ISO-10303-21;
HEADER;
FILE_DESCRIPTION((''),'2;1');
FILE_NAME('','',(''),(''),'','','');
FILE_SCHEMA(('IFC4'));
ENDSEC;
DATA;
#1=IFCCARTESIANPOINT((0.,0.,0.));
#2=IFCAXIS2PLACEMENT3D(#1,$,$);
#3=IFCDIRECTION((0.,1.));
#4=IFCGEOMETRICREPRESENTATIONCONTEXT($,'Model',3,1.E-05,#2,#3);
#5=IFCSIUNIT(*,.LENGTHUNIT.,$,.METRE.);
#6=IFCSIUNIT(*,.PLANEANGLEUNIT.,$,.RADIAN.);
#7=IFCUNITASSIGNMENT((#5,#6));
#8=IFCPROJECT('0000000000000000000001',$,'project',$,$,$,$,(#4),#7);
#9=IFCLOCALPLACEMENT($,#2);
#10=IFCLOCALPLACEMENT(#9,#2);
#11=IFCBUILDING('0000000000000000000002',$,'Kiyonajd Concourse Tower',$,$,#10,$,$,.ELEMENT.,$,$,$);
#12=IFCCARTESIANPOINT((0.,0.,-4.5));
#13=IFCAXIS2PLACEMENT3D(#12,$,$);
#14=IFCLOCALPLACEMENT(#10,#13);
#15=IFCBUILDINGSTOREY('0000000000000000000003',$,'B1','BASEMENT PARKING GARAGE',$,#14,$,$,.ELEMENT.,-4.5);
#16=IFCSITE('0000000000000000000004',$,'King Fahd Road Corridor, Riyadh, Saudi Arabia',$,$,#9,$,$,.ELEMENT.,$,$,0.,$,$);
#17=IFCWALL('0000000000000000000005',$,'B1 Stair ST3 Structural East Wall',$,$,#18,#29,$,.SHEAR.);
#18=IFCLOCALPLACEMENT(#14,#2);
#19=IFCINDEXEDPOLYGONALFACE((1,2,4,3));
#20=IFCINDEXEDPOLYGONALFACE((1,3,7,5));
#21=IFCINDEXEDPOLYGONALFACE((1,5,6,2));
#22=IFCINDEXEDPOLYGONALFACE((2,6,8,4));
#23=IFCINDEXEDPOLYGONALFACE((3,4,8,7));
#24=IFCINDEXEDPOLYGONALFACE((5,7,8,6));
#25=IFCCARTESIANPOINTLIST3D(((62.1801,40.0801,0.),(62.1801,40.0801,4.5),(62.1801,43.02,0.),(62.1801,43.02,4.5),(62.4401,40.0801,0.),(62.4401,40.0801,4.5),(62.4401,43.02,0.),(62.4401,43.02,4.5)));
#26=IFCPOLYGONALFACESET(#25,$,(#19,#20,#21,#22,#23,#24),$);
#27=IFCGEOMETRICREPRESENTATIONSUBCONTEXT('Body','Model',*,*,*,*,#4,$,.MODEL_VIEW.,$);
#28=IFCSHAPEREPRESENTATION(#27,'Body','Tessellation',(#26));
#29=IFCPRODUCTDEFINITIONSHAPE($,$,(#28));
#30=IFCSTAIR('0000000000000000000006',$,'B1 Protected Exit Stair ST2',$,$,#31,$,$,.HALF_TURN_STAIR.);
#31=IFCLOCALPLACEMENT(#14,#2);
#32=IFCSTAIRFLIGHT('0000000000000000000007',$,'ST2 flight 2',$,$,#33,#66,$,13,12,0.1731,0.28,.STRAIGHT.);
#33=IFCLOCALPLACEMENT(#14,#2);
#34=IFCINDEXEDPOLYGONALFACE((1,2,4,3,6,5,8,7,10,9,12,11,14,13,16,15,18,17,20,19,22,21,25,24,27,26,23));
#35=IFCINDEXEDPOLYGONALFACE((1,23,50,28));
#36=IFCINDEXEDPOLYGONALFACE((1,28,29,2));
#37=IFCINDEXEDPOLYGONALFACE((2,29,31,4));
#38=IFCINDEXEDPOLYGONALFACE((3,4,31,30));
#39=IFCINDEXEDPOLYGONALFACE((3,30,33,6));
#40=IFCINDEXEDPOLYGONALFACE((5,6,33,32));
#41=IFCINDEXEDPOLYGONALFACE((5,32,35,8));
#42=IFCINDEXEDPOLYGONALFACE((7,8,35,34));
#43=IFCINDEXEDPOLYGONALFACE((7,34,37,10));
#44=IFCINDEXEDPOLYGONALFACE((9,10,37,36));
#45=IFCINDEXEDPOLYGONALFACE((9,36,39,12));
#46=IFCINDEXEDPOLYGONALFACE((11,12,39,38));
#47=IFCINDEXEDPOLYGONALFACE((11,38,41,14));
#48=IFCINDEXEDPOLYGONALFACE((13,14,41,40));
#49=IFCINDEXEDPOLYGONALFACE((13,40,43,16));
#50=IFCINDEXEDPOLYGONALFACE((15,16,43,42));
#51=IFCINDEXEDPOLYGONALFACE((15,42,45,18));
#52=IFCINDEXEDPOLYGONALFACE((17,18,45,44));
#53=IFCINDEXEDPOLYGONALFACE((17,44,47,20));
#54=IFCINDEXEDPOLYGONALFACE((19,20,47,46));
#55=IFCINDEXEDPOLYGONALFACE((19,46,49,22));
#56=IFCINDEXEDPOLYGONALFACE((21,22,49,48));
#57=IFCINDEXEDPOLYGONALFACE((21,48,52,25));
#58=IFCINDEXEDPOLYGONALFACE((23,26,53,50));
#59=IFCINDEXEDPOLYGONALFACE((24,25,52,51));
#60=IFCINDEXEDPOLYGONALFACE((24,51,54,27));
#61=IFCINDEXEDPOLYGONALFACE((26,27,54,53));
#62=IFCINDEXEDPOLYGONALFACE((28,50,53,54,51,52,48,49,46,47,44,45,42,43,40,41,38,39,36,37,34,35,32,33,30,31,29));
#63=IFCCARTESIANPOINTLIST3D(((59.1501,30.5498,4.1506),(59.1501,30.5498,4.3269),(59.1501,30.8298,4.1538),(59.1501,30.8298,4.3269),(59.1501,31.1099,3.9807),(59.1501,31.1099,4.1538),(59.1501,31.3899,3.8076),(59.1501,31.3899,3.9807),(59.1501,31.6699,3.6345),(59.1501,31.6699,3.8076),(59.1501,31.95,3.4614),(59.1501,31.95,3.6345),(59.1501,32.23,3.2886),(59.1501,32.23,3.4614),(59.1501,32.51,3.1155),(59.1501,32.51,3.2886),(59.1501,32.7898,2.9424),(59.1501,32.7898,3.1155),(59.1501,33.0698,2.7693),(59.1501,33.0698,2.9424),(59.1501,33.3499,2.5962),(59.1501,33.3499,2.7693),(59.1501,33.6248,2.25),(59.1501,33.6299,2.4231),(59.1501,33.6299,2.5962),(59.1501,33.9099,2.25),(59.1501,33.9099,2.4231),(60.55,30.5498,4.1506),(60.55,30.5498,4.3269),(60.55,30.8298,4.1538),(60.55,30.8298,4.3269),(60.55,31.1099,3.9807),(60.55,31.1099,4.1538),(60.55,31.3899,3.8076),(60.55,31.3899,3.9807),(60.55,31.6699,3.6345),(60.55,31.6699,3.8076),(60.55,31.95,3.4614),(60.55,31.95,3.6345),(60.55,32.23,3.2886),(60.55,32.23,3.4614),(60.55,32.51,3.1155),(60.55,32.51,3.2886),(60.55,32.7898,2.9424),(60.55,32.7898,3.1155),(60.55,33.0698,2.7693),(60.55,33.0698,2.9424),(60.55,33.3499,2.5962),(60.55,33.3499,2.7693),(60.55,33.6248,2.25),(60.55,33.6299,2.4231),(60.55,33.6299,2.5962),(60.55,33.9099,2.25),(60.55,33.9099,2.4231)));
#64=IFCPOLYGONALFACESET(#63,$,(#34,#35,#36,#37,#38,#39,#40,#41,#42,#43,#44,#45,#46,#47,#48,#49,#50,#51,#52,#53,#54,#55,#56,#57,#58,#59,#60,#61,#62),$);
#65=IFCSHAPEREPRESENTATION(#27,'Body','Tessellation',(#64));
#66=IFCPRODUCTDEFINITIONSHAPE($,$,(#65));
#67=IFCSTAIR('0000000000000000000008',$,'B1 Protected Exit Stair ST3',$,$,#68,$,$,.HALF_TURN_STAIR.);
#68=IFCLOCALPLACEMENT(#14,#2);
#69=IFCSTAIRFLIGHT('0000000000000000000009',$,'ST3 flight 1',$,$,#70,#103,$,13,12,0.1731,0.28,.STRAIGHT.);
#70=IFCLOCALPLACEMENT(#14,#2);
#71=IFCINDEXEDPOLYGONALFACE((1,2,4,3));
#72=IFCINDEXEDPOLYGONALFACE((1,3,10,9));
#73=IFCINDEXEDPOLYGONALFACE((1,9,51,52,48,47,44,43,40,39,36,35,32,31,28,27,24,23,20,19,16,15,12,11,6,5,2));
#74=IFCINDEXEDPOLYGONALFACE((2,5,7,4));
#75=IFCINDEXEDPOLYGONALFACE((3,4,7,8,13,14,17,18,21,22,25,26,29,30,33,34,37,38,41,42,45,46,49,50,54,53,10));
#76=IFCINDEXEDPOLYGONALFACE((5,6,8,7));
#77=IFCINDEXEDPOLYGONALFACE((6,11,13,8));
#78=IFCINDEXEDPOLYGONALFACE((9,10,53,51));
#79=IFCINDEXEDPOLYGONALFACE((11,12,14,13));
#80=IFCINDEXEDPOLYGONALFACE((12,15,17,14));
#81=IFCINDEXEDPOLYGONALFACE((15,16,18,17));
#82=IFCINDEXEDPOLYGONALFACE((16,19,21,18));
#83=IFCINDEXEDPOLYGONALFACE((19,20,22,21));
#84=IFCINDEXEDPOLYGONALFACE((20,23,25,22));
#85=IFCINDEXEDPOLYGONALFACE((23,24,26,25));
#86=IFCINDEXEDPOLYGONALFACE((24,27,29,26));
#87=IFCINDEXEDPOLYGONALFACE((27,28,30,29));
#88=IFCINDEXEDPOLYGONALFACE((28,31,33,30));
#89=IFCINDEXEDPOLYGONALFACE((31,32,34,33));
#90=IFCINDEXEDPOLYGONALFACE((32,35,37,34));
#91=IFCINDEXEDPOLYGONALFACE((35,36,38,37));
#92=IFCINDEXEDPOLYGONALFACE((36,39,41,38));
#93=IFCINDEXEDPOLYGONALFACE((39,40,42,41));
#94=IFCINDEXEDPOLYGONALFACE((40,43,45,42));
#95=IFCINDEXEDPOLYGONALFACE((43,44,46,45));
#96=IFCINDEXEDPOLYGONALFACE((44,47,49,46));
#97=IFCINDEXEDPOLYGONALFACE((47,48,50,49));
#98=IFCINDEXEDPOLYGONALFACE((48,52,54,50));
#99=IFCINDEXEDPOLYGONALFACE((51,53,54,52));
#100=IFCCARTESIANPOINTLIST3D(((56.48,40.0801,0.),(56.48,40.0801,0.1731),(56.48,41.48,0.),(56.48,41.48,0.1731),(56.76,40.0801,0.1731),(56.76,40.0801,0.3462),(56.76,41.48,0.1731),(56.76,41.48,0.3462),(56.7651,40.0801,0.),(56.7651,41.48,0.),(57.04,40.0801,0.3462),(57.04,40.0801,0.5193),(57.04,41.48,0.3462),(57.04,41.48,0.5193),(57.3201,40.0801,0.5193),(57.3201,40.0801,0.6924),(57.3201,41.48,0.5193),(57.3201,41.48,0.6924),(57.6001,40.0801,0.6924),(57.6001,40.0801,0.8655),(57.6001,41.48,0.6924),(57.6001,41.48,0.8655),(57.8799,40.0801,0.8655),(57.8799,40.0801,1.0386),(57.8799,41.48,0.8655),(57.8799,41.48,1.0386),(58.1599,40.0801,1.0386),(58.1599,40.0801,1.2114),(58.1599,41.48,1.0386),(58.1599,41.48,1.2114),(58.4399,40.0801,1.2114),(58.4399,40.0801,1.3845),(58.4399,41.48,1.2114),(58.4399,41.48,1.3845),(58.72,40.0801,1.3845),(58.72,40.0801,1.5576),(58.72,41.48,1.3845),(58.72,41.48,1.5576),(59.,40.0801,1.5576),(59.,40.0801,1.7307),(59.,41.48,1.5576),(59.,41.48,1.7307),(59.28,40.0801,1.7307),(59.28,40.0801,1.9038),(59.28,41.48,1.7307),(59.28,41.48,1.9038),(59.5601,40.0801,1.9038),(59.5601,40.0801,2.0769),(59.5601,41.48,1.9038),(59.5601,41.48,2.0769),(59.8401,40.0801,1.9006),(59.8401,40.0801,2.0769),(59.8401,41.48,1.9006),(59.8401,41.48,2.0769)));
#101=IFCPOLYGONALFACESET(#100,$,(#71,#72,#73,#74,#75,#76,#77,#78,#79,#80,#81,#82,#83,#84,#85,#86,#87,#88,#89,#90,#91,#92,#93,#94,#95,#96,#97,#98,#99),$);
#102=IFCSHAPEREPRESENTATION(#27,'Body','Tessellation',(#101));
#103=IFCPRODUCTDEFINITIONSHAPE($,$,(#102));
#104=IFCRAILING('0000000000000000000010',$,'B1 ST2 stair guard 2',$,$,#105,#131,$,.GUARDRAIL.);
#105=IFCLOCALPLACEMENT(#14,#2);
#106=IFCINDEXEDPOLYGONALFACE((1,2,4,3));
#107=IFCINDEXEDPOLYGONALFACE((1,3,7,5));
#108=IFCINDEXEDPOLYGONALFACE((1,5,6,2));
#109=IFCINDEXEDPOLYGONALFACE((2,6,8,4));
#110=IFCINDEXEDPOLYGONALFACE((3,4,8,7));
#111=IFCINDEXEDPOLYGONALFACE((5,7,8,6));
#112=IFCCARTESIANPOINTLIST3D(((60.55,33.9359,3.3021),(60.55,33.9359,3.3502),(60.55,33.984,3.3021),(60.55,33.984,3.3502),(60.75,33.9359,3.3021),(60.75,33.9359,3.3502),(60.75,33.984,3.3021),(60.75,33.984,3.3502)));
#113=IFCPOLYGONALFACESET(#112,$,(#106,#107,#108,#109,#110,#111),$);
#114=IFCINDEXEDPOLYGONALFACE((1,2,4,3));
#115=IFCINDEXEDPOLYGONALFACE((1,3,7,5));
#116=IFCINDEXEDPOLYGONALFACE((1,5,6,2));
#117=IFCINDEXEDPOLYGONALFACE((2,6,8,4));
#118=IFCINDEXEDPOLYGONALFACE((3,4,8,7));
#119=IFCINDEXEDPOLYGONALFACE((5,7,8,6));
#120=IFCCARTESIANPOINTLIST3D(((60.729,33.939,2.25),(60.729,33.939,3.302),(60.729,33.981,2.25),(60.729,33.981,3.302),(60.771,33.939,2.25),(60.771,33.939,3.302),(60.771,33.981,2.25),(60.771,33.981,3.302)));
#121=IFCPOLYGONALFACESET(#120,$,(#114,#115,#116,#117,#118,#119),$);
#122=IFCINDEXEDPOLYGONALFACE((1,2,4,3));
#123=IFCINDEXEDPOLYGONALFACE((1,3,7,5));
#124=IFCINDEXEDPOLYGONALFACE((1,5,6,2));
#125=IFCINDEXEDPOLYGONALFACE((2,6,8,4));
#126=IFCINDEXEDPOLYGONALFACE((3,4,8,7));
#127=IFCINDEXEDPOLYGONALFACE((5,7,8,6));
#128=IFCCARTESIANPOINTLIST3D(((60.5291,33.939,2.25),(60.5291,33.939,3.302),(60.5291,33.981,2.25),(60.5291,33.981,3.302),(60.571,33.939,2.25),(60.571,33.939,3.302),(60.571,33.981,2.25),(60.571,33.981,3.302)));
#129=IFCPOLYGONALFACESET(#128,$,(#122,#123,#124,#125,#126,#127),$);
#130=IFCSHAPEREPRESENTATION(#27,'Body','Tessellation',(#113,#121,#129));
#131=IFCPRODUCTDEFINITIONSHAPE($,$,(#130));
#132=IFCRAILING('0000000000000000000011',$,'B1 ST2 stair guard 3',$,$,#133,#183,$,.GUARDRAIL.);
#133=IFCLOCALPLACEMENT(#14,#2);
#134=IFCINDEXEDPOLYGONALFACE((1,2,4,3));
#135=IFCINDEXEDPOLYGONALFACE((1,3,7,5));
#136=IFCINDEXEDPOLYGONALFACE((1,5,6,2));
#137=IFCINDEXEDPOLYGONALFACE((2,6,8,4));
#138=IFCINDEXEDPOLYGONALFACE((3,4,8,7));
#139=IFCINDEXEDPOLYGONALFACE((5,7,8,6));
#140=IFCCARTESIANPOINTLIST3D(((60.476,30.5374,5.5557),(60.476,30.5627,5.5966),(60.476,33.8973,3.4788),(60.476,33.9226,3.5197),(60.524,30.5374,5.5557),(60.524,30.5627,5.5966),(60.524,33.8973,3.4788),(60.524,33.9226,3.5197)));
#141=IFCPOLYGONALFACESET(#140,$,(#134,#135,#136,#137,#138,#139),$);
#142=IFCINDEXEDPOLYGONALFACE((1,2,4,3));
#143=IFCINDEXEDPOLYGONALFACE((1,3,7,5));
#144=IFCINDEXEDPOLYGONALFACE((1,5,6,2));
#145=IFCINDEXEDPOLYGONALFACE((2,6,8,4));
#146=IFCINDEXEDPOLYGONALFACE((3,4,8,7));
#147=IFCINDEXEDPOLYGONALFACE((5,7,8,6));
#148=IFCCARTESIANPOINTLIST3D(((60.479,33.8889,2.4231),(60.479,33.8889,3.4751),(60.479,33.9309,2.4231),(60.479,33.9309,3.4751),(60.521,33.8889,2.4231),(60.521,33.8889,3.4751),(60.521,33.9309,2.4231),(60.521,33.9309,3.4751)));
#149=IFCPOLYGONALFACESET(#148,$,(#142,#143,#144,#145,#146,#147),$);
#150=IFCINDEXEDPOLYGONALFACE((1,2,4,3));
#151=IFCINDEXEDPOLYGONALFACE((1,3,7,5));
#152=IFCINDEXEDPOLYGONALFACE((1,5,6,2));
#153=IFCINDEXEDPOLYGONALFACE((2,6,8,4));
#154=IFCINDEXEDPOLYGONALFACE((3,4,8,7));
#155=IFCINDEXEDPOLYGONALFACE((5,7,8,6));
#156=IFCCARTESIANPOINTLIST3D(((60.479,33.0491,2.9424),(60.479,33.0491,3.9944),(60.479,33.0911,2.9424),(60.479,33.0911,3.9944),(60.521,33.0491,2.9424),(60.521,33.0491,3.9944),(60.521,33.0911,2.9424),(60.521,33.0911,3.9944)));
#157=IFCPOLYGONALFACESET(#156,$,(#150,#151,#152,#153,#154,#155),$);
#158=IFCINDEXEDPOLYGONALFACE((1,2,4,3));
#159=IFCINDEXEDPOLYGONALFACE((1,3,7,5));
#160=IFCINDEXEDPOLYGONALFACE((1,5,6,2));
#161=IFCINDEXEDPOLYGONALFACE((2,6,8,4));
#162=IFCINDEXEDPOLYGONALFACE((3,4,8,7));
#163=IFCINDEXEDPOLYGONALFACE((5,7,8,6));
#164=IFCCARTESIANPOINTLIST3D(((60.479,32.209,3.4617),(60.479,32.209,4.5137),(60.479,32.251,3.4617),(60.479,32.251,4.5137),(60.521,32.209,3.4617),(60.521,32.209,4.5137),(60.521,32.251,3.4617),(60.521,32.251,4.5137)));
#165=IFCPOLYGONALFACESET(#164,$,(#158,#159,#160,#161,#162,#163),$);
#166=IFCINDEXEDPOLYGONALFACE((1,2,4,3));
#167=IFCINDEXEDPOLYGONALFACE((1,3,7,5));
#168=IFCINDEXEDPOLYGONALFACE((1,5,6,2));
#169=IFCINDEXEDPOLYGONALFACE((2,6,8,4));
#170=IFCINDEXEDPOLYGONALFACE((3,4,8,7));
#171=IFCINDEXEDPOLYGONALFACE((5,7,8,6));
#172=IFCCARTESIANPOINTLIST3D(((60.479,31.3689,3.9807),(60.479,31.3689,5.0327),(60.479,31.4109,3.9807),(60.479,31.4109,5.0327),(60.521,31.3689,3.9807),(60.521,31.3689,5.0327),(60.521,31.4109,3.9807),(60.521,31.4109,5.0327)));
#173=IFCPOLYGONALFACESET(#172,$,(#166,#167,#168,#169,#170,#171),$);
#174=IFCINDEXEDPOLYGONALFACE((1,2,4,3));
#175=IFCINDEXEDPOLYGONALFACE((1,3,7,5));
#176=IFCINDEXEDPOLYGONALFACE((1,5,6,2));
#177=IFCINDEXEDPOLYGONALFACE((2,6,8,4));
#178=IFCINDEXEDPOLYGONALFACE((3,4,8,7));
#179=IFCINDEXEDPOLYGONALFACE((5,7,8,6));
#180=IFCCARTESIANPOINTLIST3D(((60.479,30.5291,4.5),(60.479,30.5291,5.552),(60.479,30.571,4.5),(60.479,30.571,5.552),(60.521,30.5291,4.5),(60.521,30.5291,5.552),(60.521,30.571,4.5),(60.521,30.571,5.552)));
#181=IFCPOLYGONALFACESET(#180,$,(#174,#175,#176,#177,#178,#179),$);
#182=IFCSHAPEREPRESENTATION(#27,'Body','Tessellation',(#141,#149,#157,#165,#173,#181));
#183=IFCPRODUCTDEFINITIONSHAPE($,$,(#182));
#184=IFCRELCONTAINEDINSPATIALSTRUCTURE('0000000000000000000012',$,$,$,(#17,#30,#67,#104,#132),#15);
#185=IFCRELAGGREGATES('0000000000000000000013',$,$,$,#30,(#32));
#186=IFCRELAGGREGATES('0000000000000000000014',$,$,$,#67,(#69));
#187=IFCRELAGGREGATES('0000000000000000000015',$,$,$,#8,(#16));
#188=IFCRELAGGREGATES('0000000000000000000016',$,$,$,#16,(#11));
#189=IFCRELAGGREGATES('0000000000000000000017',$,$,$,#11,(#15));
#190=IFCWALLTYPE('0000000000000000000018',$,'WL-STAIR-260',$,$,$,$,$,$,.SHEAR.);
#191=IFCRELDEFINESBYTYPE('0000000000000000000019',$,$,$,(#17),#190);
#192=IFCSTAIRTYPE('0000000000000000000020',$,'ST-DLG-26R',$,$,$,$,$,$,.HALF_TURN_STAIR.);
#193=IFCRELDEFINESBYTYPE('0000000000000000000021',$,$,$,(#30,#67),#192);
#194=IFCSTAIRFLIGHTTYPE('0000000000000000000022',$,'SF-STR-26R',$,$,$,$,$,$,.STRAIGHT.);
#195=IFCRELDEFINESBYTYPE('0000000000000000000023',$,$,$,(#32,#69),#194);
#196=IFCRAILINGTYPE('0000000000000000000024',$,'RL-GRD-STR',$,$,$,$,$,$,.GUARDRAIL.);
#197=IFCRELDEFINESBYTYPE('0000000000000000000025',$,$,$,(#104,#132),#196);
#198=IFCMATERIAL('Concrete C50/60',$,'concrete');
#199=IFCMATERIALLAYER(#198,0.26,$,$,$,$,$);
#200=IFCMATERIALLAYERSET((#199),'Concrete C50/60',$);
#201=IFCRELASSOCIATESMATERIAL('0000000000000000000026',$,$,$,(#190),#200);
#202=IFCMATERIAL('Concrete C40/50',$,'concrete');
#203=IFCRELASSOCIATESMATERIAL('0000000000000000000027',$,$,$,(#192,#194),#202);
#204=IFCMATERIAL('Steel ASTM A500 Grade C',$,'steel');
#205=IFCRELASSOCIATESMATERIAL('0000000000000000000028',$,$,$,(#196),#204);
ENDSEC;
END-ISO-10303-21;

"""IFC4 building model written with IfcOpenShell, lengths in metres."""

from ifc_helpers import new_model, si_unit, direction, frame, frame_2d, origin, origin_2d, place, context, subcontext, project, spatial, polyline, rectangle, outline, extrude, material, layer, layer_set, type_object, element, aggregate, save


model = new_model("IFC4")

# Units and contexts
model_context = context("Model", 3, precision=1e-05, world=origin(), true_north=direction((0.0, 1.0)))
body_context = subcontext(model_context, "Body", "Model", "MODEL_VIEW")
ifc_project = project(units=[si_unit("LENGTHUNIT", "METRE"), si_unit("PLANEANGLEUNIT", "RADIAN")], contexts=[model_context])

# Site, building, storey
site_placement = place(None, origin())
site = spatial("IfcSite", under=ifc_project, at=site_placement, Name="King Fahd Road Corridor, Riyadh, Saudi Arabia", CompositionType="ELEMENT", RefElevation=0.0)
building_placement = place(site_placement, origin())
building = spatial("IfcBuilding", under=site, at=building_placement, Name="Kiyonajd Concourse Tower", CompositionType="ELEMENT")
storey_placement = place(building_placement, frame((0.0, 0.0, -4.5)))
storey = spatial("IfcBuildingStorey", under=building, at=storey_placement, Name="B1", Description="BASEMENT PARKING GARAGE", CompositionType="ELEMENT", Elevation=-4.5)

# Shared definitions
ifc_material_1 = material(Name="Concrete C50/60", Category="concrete")

# Shared definitions
ifc_layer_1 = layer(ifc_material_1, 0.26)
ifc_layer_set_1 = layer_set([ifc_layer_1], Name="Concrete C50/60")
wall_type_1 = type_object("IfcWallType", Name="WL-STAIR-260", PredefinedType="SHEAR", material=ifc_layer_set_1)

# Wall
for number, where, z_axis, x_axis, name in (
    (1, (62.3101, 40.0801, 0.0), (0.0, 0.0, 1.0), (0.0, 1.0, 0.0), "B1 Stair ST3 Structural East Wall"),
):
    element("IfcWall", number, at=place(storey_placement, frame(where, z_axis=z_axis, x_axis=x_axis)), inside=storey, type_object=wall_type_1, Name=name, PredefinedType="SHEAR", context=body_context, shape_type="SweptSolid", body=[
        extrude(rectangle(XDim=2.9399, YDim=0.26, at=frame_2d((1.47, 0.0))), origin(), (0.0, 0.0, 1.0), 4.5),
    ])

# Stairs, stair flights
ifc_material_2 = material(Name="Concrete C40/50", Category="concrete")
stair_type = type_object("IfcStairType", Name="ST-DLG-26R", PredefinedType="HALF_TURN_STAIR", material=ifc_material_2)
stair_1_placement = place(storey_placement, origin())
stair_1 = element("IfcStair", 2, at=stair_1_placement, inside=storey, type_object=stair_type, Name="B1 Protected Exit Stair ST2", PredefinedType="HALF_TURN_STAIR")
stair_flight_type = type_object("IfcStairFlightType", Name="SF-STR-26R", PredefinedType="STRAIGHT", material=ifc_material_2)
stair_flight_1_placement = place(storey_placement, frame((59.8501, 33.9099, 2.25), z_axis=(0.0, 0.0, 1.0), x_axis=(0.0, -1.0, 0.0)))
stair_flight_1 = element("IfcStairFlight", 3, at=stair_flight_1_placement, type_object=stair_flight_type, Name="ST2 flight 2", NumberOfRisers=13, NumberOfTreads=12, PredefinedType="STRAIGHT", RiserHeight=0.1731, TreadLength=0.28, context=body_context, shape_type="SweptSolid", body=[
    extrude(outline(polyline([(0.0, 0.0), (0.0, 0.1731), (0.28, 0.1731), (0.28, 0.3462), (0.5601, 0.3462), (0.5601, 0.5193), (0.8401, 0.5193), (0.8401, 0.6924), (1.1201, 0.6924), (1.1201, 0.8655), (1.3999, 0.8655), (1.3999, 1.0386), (1.6799, 1.0386), (1.6799, 1.2114), (1.96, 1.2114), (1.96, 1.3845), (2.24, 1.3845), (2.24, 1.5576), (2.52, 1.5576), (2.52, 1.7307), (2.8, 1.7307), (2.8, 1.9038), (3.0801, 1.9038), (3.0801, 2.0769), (3.3601, 2.0769), (3.3601, 2.25), (3.3601, 1.9006), (0.2852, 0.0), (0.0, 0.0)])), frame((0.0, 0.7, 0.0), z_axis=(0.0, -1.0, 0.0), x_axis=(1.0, 0.0, 0.0)), (0.0, 0.0, 1.0), 1.3999),
])
aggregate(stair_1, [stair_flight_1])
stair_2_placement = place(storey_placement, origin())
stair_2 = element("IfcStair", 4, at=stair_2_placement, inside=storey, type_object=stair_type, Name="B1 Protected Exit Stair ST3", PredefinedType="HALF_TURN_STAIR")
stair_flight_2_placement = place(storey_placement, frame((56.48, 40.78, 0.0), z_axis=(0.0, 0.0, 1.0), x_axis=(1.0, 0.0, 0.0)))
stair_flight_2 = element("IfcStairFlight", 5, at=stair_flight_2_placement, type_object=stair_flight_type, Name="ST3 flight 1", NumberOfRisers=13, NumberOfTreads=12, PredefinedType="STRAIGHT", RiserHeight=0.1731, TreadLength=0.28, context=body_context, shape_type="SweptSolid", body=[
    extrude(outline(polyline([(0.0, 0.0), (0.0, 0.1731), (0.28, 0.1731), (0.28, 0.3462), (0.5601, 0.3462), (0.5601, 0.5193), (0.8401, 0.5193), (0.8401, 0.6924), (1.1201, 0.6924), (1.1201, 0.8655), (1.3999, 0.8655), (1.3999, 1.0386), (1.6799, 1.0386), (1.6799, 1.2114), (1.96, 1.2114), (1.96, 1.3845), (2.24, 1.3845), (2.24, 1.5576), (2.52, 1.5576), (2.52, 1.7307), (2.8, 1.7307), (2.8, 1.9038), (3.0801, 1.9038), (3.0801, 2.0769), (3.3601, 2.0769), (3.3601, 2.25), (3.3601, 1.9006), (0.2852, 0.0), (0.0, 0.0)])), frame((0.0, 0.7, 0.0), z_axis=(0.0, -1.0, 0.0), x_axis=(1.0, 0.0, 0.0)), (0.0, 0.0, 1.0), 1.3999),
])
aggregate(stair_2, [stair_flight_2])

# Railings
ifc_material_3 = material(Name="Steel ASTM A500 Grade C", Category="steel")
railing_type_1 = type_object("IfcRailingType", Name="RL-GRD-STR", PredefinedType="GUARDRAIL", material=ifc_material_3)
railing_1_placement = place(storey_placement, frame((60.75, 33.96, 2.25)))
element("IfcRailing", 6, at=railing_1_placement, inside=storey, type_object=railing_type_1, Name="B1 ST2 stair guard 2", PredefinedType="GUARDRAIL", context=body_context, shape_type="SweptSolid", body=[
    extrude(rectangle(XDim=0.0481, YDim=0.0481, at=origin_2d()), frame((0.0, 0.0, 1.0762), z_axis=(-1.0, 0.0, 0.0), x_axis=(0.0, -1.0, 0.0)), (0.0, 0.0, 1.0), 0.2),
    extrude(rectangle(XDim=0.042, YDim=0.042, at=origin_2d()), origin(), (0.0, 0.0, 1.0), 1.052),
    extrude(rectangle(XDim=0.042, YDim=0.042, at=origin_2d()), frame((-0.2, 0.0, 0.0)), (0.0, 0.0, 1.0), 1.052),
])
railing_2_placement = place(storey_placement, frame((60.5, 33.9099, 2.4231)))
element("IfcRailing", 7, at=railing_2_placement, inside=storey, type_object=railing_type_1, Name="B1 ST2 stair guard 3", PredefinedType="GUARDRAIL", context=body_context, shape_type="SweptSolid", body=[
    extrude(rectangle(XDim=0.0481, YDim=0.0481, at=origin_2d()), frame((0.0, 0.0, 1.0762), z_axis=(0.0, -0.850606, 0.525803), x_axis=(1.0, 0.0, 0.0)), (0.0, 0.0, 1.0), 3.95),
    extrude(rectangle(XDim=0.042, YDim=0.042, at=origin_2d()), origin(), (0.0, 0.0, 1.0), 1.052),
    extrude(rectangle(XDim=0.042, YDim=0.042, at=origin_2d()), frame((0.0, -0.8398, 0.5193)), (0.0, 0.0, 1.0), 1.052),
    extrude(rectangle(XDim=0.042, YDim=0.042, at=origin_2d()), frame((0.0, -1.6799, 1.0386)), (0.0, 0.0, 1.0), 1.052),
    extrude(rectangle(XDim=0.042, YDim=0.042, at=origin_2d()), frame((0.0, -2.52, 1.5576)), (0.0, 0.0, 1.0), 1.052),
    extrude(rectangle(XDim=0.042, YDim=0.042, at=origin_2d()), frame((0.0, -3.3599, 2.0769)), (0.0, 0.0, 1.0), 1.052),
])

save(model, "model.ifc")
